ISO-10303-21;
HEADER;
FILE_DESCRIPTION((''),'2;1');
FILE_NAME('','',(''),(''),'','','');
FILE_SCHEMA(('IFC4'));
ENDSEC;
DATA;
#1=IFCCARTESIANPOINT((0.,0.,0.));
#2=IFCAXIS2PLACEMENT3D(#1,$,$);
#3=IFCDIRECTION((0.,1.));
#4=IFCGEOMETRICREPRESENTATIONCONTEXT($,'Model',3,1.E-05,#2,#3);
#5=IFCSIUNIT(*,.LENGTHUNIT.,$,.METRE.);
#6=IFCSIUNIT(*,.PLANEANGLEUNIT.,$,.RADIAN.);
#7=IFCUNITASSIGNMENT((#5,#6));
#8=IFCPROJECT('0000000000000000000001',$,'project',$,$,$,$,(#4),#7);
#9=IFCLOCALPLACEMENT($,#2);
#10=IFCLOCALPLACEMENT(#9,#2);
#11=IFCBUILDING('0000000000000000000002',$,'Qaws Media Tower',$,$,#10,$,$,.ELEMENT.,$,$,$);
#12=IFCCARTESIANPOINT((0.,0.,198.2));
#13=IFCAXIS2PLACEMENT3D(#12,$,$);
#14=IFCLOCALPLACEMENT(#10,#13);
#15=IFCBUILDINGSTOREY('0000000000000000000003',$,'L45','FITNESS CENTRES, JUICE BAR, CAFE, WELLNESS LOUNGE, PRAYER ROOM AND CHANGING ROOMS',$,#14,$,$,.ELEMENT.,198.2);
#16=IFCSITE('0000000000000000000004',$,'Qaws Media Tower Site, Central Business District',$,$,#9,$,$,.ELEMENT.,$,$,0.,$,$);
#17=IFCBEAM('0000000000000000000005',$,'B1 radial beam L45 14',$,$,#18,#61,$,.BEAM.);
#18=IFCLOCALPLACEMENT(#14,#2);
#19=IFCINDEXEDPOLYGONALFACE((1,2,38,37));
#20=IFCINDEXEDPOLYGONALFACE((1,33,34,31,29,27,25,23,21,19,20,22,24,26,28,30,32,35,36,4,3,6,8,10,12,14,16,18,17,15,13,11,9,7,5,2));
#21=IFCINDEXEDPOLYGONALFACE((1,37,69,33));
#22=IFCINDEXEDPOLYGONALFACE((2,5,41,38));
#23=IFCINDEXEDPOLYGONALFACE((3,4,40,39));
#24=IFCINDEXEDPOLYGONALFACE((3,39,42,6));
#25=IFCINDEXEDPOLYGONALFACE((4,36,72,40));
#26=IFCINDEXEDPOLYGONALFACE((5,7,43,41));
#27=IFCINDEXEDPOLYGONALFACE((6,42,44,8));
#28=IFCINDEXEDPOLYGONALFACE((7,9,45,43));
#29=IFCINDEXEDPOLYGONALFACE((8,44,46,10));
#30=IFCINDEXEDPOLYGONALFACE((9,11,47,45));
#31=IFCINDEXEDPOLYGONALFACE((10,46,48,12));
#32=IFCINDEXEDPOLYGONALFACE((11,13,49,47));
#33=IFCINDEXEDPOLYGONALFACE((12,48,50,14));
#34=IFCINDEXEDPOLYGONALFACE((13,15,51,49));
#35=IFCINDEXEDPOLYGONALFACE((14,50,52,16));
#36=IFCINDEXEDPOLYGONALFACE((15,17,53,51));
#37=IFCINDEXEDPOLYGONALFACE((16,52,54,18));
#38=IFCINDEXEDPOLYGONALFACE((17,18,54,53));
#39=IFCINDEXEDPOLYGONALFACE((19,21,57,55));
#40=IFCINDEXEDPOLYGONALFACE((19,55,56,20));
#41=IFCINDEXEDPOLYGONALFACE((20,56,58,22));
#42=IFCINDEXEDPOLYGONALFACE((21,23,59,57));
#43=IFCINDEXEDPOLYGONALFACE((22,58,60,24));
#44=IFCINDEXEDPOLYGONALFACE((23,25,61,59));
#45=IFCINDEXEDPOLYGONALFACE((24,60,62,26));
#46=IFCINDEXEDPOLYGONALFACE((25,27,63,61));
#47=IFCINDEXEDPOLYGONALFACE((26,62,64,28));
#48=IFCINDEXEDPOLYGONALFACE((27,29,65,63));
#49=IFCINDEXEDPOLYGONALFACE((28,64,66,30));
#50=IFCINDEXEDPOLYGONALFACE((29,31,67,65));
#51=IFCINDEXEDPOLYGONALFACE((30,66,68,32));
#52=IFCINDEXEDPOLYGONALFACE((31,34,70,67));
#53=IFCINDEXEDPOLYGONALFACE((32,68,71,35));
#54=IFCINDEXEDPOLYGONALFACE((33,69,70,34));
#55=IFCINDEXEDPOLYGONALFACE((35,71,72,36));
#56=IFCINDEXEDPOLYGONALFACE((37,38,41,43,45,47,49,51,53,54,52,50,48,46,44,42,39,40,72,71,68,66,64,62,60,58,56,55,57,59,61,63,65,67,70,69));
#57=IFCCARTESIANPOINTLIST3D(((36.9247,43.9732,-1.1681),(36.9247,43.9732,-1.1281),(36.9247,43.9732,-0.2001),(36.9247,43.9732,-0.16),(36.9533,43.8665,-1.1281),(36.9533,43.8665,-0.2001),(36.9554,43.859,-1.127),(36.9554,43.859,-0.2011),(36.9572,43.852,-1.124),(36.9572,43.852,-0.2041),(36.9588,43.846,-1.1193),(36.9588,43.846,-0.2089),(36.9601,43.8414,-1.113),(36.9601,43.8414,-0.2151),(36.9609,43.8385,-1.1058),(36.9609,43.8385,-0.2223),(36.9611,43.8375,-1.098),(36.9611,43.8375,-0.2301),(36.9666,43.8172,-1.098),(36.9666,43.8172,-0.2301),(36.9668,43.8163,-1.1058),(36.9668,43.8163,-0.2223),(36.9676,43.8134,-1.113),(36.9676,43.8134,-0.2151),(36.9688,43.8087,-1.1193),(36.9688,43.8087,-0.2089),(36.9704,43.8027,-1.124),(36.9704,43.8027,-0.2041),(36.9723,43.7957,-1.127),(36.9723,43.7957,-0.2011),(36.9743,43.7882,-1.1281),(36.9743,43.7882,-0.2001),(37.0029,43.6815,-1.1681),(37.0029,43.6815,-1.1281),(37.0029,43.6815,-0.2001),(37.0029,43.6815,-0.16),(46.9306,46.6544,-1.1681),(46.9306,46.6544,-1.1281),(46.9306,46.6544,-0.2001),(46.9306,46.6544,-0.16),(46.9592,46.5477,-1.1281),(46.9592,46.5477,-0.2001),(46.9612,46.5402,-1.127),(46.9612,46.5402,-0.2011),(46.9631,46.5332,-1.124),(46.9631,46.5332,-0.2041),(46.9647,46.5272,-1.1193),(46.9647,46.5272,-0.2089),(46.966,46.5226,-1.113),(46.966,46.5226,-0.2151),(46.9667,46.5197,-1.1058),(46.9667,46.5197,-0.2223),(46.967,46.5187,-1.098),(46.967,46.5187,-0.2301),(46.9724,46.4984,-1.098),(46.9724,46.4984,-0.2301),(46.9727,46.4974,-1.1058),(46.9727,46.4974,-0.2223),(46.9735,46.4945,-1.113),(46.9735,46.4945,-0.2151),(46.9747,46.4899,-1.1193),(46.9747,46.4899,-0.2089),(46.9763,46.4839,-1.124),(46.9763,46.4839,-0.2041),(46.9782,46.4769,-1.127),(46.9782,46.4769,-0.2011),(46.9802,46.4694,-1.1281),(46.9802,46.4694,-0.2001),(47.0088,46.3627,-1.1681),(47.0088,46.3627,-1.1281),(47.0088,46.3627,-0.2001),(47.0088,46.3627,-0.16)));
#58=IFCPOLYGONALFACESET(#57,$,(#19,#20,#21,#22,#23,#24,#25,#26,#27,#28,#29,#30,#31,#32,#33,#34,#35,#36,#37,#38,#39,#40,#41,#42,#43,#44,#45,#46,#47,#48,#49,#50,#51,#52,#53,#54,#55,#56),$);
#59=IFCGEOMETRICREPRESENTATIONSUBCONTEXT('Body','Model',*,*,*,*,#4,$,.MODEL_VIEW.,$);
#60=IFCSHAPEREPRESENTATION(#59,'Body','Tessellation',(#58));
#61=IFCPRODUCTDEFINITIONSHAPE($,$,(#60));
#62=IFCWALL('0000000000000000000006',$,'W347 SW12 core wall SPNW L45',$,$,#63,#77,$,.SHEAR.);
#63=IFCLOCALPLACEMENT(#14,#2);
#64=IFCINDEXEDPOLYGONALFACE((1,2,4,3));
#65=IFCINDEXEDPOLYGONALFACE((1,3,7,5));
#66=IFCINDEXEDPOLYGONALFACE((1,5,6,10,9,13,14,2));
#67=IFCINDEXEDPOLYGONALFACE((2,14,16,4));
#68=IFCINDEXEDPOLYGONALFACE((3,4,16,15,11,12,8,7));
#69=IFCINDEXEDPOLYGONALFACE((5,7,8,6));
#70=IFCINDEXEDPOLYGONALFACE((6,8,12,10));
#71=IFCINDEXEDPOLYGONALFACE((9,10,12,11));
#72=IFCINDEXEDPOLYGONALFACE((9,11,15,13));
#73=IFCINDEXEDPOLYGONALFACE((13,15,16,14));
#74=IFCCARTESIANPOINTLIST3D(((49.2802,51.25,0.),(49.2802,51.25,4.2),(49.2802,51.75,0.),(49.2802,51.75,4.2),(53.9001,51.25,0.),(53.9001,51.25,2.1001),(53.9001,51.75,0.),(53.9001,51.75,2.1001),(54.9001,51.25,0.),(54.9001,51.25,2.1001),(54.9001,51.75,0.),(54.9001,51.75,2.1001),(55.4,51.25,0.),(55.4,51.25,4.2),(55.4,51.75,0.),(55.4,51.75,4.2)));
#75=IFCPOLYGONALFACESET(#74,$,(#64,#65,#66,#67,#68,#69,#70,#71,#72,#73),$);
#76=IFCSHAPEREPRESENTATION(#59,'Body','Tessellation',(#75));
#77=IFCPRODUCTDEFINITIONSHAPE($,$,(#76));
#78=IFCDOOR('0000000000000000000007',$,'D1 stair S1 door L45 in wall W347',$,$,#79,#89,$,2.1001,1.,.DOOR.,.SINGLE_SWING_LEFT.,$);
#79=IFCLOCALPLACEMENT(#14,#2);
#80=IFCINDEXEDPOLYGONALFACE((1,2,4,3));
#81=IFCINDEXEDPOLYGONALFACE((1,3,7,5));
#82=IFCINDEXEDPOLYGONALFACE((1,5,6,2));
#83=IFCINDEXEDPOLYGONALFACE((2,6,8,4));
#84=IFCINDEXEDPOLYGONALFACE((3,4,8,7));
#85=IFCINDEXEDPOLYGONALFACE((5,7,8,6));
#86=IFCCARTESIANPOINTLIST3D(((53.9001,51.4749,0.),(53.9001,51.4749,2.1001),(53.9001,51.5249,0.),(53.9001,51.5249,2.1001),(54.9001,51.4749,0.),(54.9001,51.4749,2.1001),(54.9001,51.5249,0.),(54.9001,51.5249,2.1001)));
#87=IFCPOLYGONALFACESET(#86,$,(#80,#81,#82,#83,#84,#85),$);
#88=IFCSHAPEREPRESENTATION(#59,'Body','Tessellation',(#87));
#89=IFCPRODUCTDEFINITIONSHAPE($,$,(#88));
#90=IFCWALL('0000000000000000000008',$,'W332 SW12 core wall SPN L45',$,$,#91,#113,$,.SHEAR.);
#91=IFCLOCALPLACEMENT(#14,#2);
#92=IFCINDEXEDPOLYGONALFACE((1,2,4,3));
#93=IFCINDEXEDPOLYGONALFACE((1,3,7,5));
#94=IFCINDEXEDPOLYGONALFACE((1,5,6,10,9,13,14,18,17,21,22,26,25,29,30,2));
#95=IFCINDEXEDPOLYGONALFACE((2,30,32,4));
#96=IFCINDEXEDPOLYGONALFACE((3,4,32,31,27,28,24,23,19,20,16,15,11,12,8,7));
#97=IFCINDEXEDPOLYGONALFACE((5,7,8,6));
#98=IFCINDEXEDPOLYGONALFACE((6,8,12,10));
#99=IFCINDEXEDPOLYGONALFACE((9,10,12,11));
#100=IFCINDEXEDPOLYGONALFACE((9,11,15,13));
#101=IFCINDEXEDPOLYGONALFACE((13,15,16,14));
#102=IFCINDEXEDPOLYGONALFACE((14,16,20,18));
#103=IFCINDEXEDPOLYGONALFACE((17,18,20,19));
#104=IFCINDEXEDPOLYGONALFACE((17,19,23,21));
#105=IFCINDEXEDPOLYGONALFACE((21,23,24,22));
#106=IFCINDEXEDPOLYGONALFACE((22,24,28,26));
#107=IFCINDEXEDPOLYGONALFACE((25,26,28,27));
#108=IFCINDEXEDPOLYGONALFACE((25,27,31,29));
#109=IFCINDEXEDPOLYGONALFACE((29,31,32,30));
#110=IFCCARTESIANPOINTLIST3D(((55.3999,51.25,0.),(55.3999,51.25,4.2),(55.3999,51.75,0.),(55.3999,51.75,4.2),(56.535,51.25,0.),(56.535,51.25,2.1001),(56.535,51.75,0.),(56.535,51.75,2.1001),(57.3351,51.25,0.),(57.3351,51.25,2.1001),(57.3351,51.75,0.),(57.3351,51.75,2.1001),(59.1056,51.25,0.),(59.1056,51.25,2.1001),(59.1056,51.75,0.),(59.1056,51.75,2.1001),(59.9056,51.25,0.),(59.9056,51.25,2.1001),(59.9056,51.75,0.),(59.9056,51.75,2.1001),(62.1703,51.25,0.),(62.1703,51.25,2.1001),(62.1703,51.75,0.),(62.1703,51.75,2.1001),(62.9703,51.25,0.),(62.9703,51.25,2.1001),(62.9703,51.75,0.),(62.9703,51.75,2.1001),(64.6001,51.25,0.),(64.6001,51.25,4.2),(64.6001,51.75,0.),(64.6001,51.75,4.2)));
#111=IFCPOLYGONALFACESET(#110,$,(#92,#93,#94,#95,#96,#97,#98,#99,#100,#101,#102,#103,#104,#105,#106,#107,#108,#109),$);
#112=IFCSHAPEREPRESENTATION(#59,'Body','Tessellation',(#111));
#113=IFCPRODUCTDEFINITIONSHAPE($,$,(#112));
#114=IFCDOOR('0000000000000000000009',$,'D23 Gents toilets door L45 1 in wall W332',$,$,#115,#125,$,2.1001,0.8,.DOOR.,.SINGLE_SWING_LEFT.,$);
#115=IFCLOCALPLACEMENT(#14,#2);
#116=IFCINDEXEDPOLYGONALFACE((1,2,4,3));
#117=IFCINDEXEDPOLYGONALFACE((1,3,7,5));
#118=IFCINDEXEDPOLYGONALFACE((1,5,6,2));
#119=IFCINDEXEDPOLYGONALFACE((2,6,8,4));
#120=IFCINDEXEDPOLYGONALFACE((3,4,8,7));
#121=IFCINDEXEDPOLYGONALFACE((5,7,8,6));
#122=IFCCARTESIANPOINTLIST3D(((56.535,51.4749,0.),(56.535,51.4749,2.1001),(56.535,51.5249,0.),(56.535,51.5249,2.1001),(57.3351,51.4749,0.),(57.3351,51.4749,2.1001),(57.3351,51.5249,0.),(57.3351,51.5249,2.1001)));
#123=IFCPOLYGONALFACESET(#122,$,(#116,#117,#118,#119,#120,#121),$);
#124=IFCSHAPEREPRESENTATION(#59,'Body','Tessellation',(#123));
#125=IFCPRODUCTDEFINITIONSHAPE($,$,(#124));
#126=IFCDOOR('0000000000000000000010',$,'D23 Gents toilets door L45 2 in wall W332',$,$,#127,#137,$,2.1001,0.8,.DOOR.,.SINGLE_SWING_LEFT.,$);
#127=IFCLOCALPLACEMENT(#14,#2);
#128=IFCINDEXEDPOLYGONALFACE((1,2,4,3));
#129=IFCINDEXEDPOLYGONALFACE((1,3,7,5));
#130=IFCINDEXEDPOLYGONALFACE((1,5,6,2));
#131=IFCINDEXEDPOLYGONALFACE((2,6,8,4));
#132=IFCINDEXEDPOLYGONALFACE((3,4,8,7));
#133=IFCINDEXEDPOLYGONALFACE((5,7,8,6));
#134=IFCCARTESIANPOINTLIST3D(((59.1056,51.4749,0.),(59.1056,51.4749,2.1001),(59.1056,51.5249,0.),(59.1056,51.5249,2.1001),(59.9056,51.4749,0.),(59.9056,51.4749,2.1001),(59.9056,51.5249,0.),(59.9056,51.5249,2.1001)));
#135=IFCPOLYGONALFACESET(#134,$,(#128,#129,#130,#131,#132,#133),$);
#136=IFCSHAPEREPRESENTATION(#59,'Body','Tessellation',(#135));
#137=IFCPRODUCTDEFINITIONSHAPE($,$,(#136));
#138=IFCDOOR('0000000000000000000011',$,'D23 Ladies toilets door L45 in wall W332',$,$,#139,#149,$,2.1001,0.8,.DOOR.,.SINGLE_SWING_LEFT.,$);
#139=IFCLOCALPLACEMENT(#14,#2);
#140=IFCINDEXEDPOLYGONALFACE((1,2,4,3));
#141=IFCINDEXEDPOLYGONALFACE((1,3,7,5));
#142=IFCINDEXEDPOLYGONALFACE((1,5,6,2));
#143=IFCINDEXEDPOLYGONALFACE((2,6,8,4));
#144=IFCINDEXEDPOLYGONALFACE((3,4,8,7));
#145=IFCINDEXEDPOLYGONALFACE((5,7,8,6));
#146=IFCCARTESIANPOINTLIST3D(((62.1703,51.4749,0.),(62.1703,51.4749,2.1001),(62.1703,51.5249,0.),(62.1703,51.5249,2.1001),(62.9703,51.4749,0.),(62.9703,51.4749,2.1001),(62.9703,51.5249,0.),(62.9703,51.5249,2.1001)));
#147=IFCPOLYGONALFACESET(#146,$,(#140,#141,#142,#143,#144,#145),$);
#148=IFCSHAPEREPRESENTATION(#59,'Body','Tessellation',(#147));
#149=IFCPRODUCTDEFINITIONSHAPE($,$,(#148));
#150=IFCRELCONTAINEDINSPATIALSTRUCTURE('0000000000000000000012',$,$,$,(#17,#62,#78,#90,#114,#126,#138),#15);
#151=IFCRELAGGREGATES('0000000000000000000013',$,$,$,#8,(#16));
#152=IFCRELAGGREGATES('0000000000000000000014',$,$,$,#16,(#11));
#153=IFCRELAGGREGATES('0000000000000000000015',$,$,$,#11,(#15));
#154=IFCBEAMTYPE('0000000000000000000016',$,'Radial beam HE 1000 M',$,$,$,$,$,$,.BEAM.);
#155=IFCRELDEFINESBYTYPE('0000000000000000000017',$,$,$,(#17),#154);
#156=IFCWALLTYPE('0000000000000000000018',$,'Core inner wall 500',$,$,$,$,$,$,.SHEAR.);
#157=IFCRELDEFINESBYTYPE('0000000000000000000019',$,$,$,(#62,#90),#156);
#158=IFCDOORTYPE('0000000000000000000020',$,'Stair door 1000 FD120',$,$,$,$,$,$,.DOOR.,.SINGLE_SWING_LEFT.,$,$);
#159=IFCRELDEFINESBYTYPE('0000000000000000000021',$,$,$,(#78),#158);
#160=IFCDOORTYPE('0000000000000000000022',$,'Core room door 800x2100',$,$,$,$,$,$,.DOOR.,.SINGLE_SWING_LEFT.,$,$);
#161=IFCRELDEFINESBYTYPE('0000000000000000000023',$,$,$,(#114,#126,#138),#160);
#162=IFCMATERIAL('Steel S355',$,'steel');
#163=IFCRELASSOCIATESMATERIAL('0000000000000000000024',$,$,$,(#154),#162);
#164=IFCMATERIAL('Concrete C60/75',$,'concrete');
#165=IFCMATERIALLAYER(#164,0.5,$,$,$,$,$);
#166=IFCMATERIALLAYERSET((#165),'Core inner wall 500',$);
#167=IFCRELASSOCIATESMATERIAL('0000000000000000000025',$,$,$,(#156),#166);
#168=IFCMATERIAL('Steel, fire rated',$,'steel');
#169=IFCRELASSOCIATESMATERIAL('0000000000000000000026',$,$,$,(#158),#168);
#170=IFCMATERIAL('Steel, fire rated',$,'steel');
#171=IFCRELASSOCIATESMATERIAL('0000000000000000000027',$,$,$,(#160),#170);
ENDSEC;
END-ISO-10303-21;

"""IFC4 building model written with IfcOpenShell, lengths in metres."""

from ifc_helpers import new_model, si_unit, direction, frame, frame_2d, origin, origin_2d, place, context, subcontext, project, spatial, rectangle, i_section, extrude, material, layer, layer_set, material_profile, profile_set, type_object, element, fill, save


model = new_model("IFC4")

# Units and contexts
model_context = context("Model", 3, precision=1e-05, world=origin(), true_north=direction((0.0, 1.0)))
body_context = subcontext(model_context, "Body", "Model", "MODEL_VIEW")
ifc_project = project(units=[si_unit("LENGTHUNIT", "METRE"), si_unit("PLANEANGLEUNIT", "RADIAN")], contexts=[model_context])

# Site, building, storey
site_placement = place(None, origin())
site = spatial("IfcSite", under=ifc_project, at=site_placement, Name="Qaws Media Tower Site, Central Business District", CompositionType="ELEMENT", RefElevation=0.0)
building_placement = place(site_placement, origin())
building = spatial("IfcBuilding", under=site, at=building_placement, Name="Qaws Media Tower", CompositionType="ELEMENT")
storey_placement = place(building_placement, frame((0.0, 0.0, 198.2)))
storey = spatial("IfcBuildingStorey", under=building, at=storey_placement, Name="L45", Description="FITNESS CENTRES, JUICE BAR, CAFE, WELLNESS LOUNGE, PRAYER ROOM AND CHANGING ROOMS", CompositionType="ELEMENT", Elevation=198.2)

# Beam
ifc_material_1 = material(Name="Steel S355", Category="steel")
ifc_material_profile_1 = material_profile(ifc_material_1, i_section(OverallWidth=0.302, OverallDepth=1.0081, WebThickness=0.021, FlangeThickness=0.04, FilletRadius=0.03, at=origin_2d()), Name="HE 1000 M")
ifc_profile_set_1 = profile_set([ifc_material_profile_1], Name="Steel S355")
beam_type_1 = type_object("IfcBeamType", Name="Radial beam HE 1000 M", PredefinedType="BEAM", material=ifc_profile_set_1)
beam_1_placement = place(storey_placement, frame((46.9697, 46.5085, -0.6641), z_axis=(-0.965924, -0.258827, 0.0), x_axis=(0.258827, -0.965924, 0.0)))
element("IfcBeam", 1, at=beam_1_placement, inside=storey, type_object=beam_type_1, Name="B1 radial beam L45 14", PredefinedType="BEAM", context=body_context, shape_type="SweptSolid", body=[
    extrude(i_section(OverallWidth=0.302, OverallDepth=1.0081, WebThickness=0.021, FlangeThickness=0.04, FilletRadius=0.03, at=origin_2d()), origin(), (0.0, 0.0, 1.0), 10.3589),
])

# Wall, opening, door
ifc_material_2 = material(Name="Concrete C60/75", Category="concrete")
ifc_layer_1 = layer(ifc_material_2, 0.5)
ifc_layer_set_1 = layer_set([ifc_layer_1], Name="Core inner wall 500")
wall_type_1 = type_object("IfcWallType", Name="Core inner wall 500", PredefinedType="SHEAR", material=ifc_layer_set_1)
wall_1_placement = place(storey_placement, frame((49.28, 51.5, 0.0), z_axis=(0.0, 0.0, 1.0), x_axis=(1.0, 0.0, 0.0)))
wall_1 = element("IfcWall", 2, at=wall_1_placement, inside=storey, type_object=wall_type_1, Name="W347 SW12 core wall SPNW L45", PredefinedType="SHEAR", context=body_context, shape_type="SweptSolid", body=[
    extrude(rectangle(XDim=6.1199, YDim=0.5, at=frame_2d((3.0601, 0.0))), origin(), (0.0, 0.0, 1.0), 4.2),
])
opening_1_placement = place(wall_1_placement, frame((4.6201, 0.0, 0.0)))
opening_1 = element("IfcOpeningElement", 3, at=opening_1_placement, cuts=wall_1, PredefinedType="OPENING", context=body_context, shape_type="SweptSolid", body=[
    extrude(rectangle(XDim=1.0, YDim=2.1001, at=frame_2d((0.5, 1.05))), frame((0.0, 0.26, 0.0), z_axis=(0.0, -1.0, 0.0), x_axis=(1.0, 0.0, 0.0)), (0.0, 0.0, 1.0), 0.52),
])
ifc_material_3 = material(Name="Steel, fire rated", Category="steel")
door_type_1 = type_object("IfcDoorType", Name="Stair door 1000 FD120", OperationType="SINGLE_SWING_LEFT", PredefinedType="DOOR", material=ifc_material_3)
door_1_placement = place(opening_1_placement, origin())
door_1 = element("IfcDoor", 4, at=door_1_placement, inside=storey, type_object=door_type_1, Name="D1 stair S1 door L45 in wall W347", OperationType="SINGLE_SWING_LEFT", OverallHeight=2.1001, OverallWidth=1.0, PredefinedType="DOOR", context=body_context, shape_type="SweptSolid", body=[
    extrude(rectangle(XDim=1.0, YDim=2.1001, at=frame_2d((0.5, 1.05))), frame((0.0, 0.0249, 0.0), z_axis=(0.0, -1.0, 0.0), x_axis=(1.0, 0.0, 0.0)), (0.0, 0.0, 1.0), 0.05),
])
fill(opening_1, door_1)

# Wall, openings, doors
wall_2_placement = place(storey_placement, frame((55.3999, 51.5, 0.0), z_axis=(0.0, 0.0, 1.0), x_axis=(1.0, 0.0, 0.0)))
wall_2 = element("IfcWall", 5, at=wall_2_placement, inside=storey, type_object=wall_type_1, Name="W332 SW12 core wall SPN L45", PredefinedType="SHEAR", context=body_context, shape_type="SweptSolid", body=[
    extrude(rectangle(XDim=9.2002, YDim=0.5, at=frame_2d((4.6001, 0.0))), origin(), (0.0, 0.0, 1.0), 4.2),
])
opening_2_placement = place(wall_2_placement, frame((1.1353, 0.0, 0.0)))
opening_2 = element("IfcOpeningElement", 6, at=opening_2_placement, cuts=wall_2, PredefinedType="OPENING", context=body_context, shape_type="SweptSolid", body=[
    extrude(rectangle(XDim=0.8, YDim=2.1001, at=frame_2d((0.3999, 1.05))), frame((0.0, 0.26, 0.0), z_axis=(0.0, -1.0, 0.0), x_axis=(1.0, 0.0, 0.0)), (0.0, 0.0, 1.0), 0.52),
])
opening_3_placement = place(wall_2_placement, frame((3.7058, 0.0, 0.0)))
opening_3 = element("IfcOpeningElement", 7, at=opening_3_placement, cuts=wall_2, PredefinedType="OPENING", context=body_context, shape_type="SweptSolid", body=[
    extrude(rectangle(XDim=0.8, YDim=2.1001, at=frame_2d((0.3999, 1.05))), frame((0.0, 0.26, 0.0), z_axis=(0.0, -1.0, 0.0), x_axis=(1.0, 0.0, 0.0)), (0.0, 0.0, 1.0), 0.52),
])
opening_4_placement = place(wall_2_placement, frame((6.7705, 0.0, 0.0)))
opening_4 = element("IfcOpeningElement", 8, at=opening_4_placement, cuts=wall_2, PredefinedType="OPENING", context=body_context, shape_type="SweptSolid", body=[
    extrude(rectangle(XDim=0.8, YDim=2.1001, at=frame_2d((0.3999, 1.05))), frame((0.0, 0.26, 0.0), z_axis=(0.0, -1.0, 0.0), x_axis=(1.0, 0.0, 0.0)), (0.0, 0.0, 1.0), 0.52),
])
ifc_material_4 = material(Name="Steel, fire rated", Category="steel")
door_type_2 = type_object("IfcDoorType", Name="Core room door 800x2100", OperationType="SINGLE_SWING_LEFT", PredefinedType="DOOR", material=ifc_material_4)
door_2_placement = place(opening_2_placement, origin())
door_2 = element("IfcDoor", 9, at=door_2_placement, inside=storey, type_object=door_type_2, Name="D23 Gents toilets door L45 1 in wall W332", OperationType="SINGLE_SWING_LEFT", OverallHeight=2.1001, OverallWidth=0.8, PredefinedType="DOOR", context=body_context, shape_type="SweptSolid", body=[
    extrude(rectangle(XDim=0.8, YDim=2.1001, at=frame_2d((0.3999, 1.05))), frame((0.0, 0.0249, 0.0), z_axis=(0.0, -1.0, 0.0), x_axis=(1.0, 0.0, 0.0)), (0.0, 0.0, 1.0), 0.05),
])
fill(opening_2, door_2)
door_3_placement = place(opening_3_placement, origin())
door_3 = element("IfcDoor", 10, at=door_3_placement, inside=storey, type_object=door_type_2, Name="D23 Gents toilets door L45 2 in wall W332", OperationType="SINGLE_SWING_LEFT", OverallHeight=2.1001, OverallWidth=0.8, PredefinedType="DOOR", context=body_context, shape_type="SweptSolid", body=[
    extrude(rectangle(XDim=0.8, YDim=2.1001, at=frame_2d((0.3999, 1.05))), frame((0.0, 0.0249, 0.0), z_axis=(0.0, -1.0, 0.0), x_axis=(1.0, 0.0, 0.0)), (0.0, 0.0, 1.0), 0.05),
])
fill(opening_3, door_3)
door_4_placement = place(opening_4_placement, origin())
door_4 = element("IfcDoor", 11, at=door_4_placement, inside=storey, type_object=door_type_2, Name="D23 Ladies toilets door L45 in wall W332", OperationType="SINGLE_SWING_LEFT", OverallHeight=2.1001, OverallWidth=0.8, PredefinedType="DOOR", context=body_context, shape_type="SweptSolid", body=[
    extrude(rectangle(XDim=0.8, YDim=2.1001, at=frame_2d((0.3999, 1.05))), frame((0.0, 0.0249, 0.0), z_axis=(0.0, -1.0, 0.0), x_axis=(1.0, 0.0, 0.0)), (0.0, 0.0, 1.0), 0.05),
])
fill(opening_4, door_4)

save(model, "model.ifc")
